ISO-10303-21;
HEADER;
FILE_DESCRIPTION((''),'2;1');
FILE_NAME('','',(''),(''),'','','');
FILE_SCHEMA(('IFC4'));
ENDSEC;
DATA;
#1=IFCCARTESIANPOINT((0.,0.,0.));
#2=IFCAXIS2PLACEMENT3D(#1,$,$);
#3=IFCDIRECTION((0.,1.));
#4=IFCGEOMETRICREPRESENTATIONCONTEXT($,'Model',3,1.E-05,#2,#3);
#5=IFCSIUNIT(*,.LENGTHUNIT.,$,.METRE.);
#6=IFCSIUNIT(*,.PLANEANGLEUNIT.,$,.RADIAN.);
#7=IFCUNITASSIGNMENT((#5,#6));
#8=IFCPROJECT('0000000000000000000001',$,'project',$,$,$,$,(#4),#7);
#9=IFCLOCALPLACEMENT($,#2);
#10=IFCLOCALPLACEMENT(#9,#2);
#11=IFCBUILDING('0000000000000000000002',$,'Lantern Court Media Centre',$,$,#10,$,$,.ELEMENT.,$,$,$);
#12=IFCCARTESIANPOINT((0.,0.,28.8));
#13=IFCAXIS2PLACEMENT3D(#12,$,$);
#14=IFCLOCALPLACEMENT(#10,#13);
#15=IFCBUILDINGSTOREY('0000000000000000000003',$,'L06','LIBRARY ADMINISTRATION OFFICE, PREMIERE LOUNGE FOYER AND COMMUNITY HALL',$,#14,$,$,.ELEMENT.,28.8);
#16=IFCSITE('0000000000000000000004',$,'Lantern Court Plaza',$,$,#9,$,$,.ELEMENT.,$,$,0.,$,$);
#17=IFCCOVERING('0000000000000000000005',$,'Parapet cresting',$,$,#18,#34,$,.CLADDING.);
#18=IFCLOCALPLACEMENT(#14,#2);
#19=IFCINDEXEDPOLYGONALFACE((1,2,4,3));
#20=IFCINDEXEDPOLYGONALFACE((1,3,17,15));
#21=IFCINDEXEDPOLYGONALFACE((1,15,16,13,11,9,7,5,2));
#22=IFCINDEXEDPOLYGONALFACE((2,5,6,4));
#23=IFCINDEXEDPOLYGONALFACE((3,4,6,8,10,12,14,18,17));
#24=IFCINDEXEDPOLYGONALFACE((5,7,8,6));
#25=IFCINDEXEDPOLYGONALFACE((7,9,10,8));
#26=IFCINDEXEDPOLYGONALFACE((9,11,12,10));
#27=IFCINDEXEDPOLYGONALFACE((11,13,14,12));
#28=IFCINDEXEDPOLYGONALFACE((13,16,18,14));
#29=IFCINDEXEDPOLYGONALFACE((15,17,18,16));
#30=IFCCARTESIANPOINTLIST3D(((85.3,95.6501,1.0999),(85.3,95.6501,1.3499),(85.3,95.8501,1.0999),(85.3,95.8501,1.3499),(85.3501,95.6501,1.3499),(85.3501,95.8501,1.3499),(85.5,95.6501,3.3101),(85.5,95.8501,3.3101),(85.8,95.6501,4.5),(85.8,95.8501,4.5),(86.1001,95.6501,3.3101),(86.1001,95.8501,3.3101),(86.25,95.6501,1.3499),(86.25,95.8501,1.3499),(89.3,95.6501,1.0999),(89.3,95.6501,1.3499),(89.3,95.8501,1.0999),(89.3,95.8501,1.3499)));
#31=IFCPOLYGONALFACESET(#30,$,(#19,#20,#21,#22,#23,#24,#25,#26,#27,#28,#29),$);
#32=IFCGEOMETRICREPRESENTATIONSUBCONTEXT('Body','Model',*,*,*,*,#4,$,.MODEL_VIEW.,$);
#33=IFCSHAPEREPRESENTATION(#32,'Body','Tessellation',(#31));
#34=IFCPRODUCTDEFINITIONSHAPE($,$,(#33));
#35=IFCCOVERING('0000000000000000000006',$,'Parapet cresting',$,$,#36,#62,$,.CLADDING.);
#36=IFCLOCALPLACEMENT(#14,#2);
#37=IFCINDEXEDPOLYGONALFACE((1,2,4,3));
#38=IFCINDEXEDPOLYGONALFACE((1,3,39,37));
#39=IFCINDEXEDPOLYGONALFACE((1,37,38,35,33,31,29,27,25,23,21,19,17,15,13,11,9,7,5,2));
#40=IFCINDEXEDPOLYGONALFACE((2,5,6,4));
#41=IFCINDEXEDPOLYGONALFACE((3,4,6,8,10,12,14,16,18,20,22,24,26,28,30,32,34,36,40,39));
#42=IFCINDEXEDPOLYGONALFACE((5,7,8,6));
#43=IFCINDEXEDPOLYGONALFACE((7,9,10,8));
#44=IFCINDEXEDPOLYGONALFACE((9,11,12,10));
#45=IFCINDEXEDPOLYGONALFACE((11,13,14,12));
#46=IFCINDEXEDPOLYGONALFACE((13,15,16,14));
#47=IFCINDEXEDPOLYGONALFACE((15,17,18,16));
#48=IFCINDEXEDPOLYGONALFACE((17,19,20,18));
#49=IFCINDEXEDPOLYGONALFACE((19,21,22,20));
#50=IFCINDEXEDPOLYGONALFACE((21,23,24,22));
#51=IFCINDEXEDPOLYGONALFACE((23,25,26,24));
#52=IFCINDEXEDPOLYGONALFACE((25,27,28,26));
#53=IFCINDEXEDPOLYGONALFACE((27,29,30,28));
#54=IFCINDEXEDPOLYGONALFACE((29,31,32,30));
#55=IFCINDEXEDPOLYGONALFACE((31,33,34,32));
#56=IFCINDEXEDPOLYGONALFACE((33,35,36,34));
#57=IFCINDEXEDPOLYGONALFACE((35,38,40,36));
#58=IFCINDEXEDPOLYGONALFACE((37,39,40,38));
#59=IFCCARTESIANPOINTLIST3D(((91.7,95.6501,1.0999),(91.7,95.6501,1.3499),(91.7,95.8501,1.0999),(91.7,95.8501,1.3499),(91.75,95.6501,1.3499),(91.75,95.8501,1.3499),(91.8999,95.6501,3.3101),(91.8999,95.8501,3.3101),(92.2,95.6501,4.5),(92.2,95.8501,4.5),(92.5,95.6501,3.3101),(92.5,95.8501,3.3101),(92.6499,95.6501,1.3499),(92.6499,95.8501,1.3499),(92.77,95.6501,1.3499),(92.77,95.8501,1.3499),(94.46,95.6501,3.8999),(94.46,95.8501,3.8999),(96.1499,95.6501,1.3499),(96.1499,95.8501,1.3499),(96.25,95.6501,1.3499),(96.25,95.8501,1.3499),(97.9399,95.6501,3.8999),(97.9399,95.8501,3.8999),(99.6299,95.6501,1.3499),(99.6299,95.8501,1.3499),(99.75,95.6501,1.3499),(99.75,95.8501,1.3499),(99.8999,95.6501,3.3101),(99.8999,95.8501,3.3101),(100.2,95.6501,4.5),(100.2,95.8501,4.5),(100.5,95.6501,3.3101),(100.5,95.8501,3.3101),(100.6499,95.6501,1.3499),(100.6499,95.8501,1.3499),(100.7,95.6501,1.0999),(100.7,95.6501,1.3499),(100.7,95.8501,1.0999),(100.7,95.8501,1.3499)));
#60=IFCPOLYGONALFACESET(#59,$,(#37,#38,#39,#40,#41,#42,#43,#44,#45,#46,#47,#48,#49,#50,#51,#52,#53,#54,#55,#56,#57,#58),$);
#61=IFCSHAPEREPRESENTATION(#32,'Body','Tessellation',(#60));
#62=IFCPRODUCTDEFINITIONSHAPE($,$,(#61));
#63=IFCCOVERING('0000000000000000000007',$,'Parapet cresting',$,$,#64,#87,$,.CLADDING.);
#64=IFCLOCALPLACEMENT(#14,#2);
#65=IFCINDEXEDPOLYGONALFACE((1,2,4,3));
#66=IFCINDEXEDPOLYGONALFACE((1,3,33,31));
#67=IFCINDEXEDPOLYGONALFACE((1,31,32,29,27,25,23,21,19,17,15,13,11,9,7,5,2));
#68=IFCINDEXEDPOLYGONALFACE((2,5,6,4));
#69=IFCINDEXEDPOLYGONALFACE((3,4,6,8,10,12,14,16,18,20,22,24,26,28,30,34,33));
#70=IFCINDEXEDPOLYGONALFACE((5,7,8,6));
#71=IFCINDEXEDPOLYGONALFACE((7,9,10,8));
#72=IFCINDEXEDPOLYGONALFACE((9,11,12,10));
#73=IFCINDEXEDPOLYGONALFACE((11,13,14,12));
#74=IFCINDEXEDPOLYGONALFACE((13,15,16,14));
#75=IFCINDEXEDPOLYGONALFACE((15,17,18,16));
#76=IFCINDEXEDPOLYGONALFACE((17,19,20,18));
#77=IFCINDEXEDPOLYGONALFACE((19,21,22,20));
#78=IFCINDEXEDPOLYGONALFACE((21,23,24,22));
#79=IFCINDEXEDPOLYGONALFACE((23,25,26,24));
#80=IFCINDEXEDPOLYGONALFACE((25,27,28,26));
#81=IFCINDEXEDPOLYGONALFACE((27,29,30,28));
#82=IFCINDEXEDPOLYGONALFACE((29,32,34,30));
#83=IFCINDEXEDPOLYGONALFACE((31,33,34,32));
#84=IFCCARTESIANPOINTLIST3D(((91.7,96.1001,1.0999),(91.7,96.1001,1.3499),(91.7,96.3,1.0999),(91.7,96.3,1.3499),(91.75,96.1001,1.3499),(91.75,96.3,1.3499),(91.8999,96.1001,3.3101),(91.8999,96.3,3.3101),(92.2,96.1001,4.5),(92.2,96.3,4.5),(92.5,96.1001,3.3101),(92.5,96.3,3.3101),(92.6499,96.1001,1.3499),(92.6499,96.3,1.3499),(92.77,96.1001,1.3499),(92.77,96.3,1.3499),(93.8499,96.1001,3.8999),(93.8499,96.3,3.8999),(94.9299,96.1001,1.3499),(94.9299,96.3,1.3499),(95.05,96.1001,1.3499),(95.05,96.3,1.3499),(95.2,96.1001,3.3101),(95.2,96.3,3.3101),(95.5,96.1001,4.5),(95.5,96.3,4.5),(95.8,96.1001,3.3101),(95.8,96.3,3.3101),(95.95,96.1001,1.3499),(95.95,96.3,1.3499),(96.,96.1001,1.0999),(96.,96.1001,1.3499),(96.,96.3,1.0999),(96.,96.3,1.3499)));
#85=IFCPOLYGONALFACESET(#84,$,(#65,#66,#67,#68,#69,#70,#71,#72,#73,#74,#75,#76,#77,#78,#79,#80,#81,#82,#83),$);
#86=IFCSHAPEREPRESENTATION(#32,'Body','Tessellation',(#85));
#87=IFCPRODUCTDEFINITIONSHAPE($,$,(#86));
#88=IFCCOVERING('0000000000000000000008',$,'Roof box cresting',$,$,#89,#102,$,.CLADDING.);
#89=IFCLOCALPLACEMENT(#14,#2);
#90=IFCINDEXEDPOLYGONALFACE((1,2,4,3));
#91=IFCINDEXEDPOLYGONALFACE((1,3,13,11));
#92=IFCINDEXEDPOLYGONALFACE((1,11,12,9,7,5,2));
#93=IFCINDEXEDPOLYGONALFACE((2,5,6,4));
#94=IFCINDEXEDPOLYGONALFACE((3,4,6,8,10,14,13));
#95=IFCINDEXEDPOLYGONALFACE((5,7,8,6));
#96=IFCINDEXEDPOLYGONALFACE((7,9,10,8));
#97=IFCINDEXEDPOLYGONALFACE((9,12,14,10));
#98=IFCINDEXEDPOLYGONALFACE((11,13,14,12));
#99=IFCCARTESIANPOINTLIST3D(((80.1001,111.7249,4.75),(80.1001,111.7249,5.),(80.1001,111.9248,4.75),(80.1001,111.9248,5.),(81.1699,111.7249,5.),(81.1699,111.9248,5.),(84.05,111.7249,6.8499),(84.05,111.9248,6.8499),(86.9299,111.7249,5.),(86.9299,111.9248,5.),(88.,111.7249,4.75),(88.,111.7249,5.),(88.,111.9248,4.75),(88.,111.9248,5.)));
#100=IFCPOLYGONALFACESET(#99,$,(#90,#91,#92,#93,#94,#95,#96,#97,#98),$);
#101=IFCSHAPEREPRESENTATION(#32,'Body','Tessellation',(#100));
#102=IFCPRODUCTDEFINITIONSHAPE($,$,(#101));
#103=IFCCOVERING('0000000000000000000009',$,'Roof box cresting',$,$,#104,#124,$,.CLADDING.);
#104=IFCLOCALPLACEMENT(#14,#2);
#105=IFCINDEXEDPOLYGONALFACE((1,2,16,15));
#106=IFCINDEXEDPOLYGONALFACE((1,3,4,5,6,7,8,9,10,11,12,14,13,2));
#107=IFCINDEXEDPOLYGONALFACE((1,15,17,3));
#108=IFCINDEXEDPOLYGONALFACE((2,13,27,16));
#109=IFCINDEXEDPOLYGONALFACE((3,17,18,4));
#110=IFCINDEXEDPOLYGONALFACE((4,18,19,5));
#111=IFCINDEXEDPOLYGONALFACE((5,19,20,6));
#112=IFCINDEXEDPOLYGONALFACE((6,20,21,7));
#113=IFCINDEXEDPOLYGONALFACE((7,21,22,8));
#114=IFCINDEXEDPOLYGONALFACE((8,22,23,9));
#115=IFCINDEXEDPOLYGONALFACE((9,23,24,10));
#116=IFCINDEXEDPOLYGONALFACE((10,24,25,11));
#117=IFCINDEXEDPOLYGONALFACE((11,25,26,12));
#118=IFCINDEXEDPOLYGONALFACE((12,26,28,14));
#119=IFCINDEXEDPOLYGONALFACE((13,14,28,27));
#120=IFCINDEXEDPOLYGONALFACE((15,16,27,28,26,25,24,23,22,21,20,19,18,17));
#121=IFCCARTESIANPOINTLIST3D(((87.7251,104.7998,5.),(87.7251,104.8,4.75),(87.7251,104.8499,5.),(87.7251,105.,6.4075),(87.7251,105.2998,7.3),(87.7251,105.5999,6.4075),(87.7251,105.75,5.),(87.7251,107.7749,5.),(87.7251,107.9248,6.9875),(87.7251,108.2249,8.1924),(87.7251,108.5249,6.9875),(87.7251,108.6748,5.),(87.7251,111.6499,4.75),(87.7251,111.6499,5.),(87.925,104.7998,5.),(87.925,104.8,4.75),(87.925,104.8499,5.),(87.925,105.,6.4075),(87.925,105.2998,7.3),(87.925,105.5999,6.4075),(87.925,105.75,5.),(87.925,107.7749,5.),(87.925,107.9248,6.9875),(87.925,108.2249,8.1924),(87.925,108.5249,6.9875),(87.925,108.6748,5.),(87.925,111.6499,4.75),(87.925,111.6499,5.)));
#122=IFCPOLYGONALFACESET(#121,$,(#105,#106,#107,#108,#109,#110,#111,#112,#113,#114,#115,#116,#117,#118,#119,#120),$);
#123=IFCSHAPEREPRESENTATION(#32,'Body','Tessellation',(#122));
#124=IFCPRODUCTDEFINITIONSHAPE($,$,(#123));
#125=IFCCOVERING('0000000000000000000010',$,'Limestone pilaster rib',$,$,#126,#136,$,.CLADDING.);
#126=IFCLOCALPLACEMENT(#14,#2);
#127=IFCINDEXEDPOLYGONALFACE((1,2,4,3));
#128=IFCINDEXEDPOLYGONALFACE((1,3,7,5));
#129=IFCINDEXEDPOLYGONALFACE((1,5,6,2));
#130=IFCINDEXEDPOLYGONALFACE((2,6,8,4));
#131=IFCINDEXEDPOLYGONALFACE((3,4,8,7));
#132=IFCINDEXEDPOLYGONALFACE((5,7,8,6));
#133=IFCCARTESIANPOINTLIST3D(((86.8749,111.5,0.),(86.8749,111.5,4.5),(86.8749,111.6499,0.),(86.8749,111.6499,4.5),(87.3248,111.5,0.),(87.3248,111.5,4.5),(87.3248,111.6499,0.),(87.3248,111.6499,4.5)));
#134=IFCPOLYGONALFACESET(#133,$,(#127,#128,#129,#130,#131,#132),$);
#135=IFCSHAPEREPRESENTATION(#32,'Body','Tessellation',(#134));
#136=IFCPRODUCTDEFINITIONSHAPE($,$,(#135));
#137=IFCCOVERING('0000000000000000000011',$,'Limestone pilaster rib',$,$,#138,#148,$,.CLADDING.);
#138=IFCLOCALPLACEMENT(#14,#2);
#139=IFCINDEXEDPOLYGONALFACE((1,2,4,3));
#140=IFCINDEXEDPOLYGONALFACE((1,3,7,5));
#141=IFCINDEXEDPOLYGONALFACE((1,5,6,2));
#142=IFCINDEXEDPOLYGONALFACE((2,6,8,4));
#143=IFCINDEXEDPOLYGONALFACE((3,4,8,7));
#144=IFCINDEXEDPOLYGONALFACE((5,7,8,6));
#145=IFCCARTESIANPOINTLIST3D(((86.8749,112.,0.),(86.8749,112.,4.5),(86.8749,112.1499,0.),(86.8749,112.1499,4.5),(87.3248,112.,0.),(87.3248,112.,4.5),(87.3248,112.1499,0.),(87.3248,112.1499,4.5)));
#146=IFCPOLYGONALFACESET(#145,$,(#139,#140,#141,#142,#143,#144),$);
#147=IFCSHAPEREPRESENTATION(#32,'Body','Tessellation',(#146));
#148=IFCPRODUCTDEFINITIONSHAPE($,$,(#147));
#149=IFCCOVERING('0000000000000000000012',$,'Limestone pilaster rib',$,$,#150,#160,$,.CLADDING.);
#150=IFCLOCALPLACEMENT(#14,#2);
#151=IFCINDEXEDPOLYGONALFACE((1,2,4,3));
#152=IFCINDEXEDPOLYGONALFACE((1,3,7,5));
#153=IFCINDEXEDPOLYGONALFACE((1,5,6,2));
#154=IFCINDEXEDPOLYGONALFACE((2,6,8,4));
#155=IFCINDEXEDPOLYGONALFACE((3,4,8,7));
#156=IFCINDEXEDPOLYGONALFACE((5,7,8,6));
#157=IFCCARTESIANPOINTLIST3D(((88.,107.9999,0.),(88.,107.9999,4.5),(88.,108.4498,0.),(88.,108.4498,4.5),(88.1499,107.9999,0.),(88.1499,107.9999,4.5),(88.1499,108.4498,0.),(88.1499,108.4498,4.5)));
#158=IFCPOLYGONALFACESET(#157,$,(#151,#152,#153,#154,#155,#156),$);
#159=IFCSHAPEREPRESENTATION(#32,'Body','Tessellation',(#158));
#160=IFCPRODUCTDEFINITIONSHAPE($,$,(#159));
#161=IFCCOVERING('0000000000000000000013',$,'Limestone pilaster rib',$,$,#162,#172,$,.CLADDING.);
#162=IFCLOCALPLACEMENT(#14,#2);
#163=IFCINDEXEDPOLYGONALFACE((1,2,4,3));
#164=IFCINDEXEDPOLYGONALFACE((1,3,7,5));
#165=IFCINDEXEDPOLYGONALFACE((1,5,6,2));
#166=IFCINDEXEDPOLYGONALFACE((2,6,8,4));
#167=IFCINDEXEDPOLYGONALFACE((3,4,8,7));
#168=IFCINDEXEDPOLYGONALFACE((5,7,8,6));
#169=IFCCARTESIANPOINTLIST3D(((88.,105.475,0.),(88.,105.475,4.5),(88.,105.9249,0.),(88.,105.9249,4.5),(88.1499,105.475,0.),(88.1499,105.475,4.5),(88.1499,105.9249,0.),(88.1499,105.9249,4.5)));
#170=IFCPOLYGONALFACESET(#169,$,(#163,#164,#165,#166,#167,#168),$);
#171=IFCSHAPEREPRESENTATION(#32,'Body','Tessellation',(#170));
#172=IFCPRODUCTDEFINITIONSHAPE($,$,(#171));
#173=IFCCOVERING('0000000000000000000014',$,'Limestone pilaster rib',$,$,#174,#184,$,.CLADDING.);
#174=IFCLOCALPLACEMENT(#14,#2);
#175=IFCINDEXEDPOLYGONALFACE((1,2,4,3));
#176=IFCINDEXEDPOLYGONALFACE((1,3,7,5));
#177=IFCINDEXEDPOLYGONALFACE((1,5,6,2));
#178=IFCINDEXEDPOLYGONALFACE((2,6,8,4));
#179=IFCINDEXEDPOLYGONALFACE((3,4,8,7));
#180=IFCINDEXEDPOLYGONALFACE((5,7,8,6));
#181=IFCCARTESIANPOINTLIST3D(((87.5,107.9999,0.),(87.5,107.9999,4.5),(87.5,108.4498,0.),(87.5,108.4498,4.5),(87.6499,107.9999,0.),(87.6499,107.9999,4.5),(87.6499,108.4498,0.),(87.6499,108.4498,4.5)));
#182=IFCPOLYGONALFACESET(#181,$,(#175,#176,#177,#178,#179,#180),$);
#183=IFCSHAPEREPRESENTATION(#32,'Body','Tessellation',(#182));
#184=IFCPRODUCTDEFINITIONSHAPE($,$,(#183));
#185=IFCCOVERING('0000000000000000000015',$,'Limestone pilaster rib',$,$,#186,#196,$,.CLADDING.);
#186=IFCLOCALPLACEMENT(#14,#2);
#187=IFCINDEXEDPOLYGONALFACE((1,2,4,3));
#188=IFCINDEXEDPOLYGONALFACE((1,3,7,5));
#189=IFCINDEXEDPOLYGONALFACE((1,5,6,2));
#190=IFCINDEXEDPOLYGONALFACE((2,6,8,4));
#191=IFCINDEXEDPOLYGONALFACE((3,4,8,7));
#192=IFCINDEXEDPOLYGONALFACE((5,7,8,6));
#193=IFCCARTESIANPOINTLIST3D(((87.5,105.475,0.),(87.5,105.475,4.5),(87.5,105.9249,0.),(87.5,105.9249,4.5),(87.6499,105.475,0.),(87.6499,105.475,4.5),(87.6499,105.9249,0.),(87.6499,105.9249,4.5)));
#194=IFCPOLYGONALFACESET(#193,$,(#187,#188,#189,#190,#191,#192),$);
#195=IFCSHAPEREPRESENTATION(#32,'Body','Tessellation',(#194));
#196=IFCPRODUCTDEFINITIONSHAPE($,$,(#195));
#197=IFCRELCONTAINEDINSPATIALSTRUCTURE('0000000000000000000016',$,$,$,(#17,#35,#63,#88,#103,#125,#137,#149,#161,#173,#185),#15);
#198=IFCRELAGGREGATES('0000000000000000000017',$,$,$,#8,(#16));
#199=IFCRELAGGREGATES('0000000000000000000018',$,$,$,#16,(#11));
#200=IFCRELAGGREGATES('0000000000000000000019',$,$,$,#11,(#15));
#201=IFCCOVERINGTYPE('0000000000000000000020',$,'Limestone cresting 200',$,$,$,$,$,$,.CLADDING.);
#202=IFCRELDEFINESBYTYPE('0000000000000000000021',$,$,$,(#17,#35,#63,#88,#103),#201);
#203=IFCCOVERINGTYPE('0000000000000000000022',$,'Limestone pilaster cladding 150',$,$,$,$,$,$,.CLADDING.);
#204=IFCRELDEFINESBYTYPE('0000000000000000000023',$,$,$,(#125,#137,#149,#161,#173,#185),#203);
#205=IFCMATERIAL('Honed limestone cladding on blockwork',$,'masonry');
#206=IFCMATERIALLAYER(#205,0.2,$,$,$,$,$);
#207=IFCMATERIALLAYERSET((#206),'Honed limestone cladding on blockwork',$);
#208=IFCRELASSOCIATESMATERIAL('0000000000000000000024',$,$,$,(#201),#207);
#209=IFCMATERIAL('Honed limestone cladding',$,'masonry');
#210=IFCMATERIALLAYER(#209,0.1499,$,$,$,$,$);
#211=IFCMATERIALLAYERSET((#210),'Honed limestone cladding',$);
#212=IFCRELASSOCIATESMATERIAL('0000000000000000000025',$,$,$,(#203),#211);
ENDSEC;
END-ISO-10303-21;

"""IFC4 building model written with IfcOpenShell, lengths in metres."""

from ifc_helpers import new_model, si_unit, direction, frame, frame_2d, origin, place, context, subcontext, project, spatial, polyline, rectangle, outline, extrude, material, layer, layer_set, type_object, element, save


model = new_model("IFC4")

# Units and contexts
model_context = context("Model", 3, precision=1e-05, world=origin(), true_north=direction((0.0, 1.0)))
body_context = subcontext(model_context, "Body", "Model", "MODEL_VIEW")
ifc_project = project(units=[si_unit("LENGTHUNIT", "METRE"), si_unit("PLANEANGLEUNIT", "RADIAN")], contexts=[model_context])

# Site, building, storey
site_placement = place(None, origin())
site = spatial("IfcSite", under=ifc_project, at=site_placement, Name="Lantern Court Plaza", CompositionType="ELEMENT", RefElevation=0.0)
building_placement = place(site_placement, origin())
building = spatial("IfcBuilding", under=site, at=building_placement, Name="Lantern Court Media Centre", CompositionType="ELEMENT")
storey_placement = place(building_placement, frame((0.0, 0.0, 28.8)))
storey = spatial("IfcBuildingStorey", under=building, at=storey_placement, Name="L06", Description="LIBRARY ADMINISTRATION OFFICE, PREMIERE LOUNGE FOYER AND COMMUNITY HALL", CompositionType="ELEMENT", Elevation=28.8)

# Shared definitions
ifc_material_1 = material(Name="Honed limestone cladding on blockwork", Category="masonry")

# Coverings
ifc_layer_1 = layer(ifc_material_1, 0.2)
ifc_layer_set_1 = layer_set([ifc_layer_1], Name="Honed limestone cladding on blockwork")
covering_type_1 = type_object("IfcCoveringType", Name="Limestone cresting 200", PredefinedType="CLADDING", material=ifc_layer_set_1)
covering_1_placement = place(storey_placement, frame((85.3, 95.75, 1.0999), z_axis=(0.0, 0.0, 1.0), x_axis=(1.0, 0.0, 0.0)))
element("IfcCovering", 1, at=covering_1_placement, inside=storey, type_object=covering_type_1, Name="Parapet cresting", PredefinedType="CLADDING", context=body_context, shape_type="SweptSolid", body=[
    extrude(outline(polyline([(0.0, 0.0), (4.0, 0.0), (4.0, 0.25), (0.95, 0.25), (0.8, 2.2102), (0.5, 3.4001), (0.2, 2.2102), (0.05, 0.25), (0.0, 0.25), (0.0, 0.0)])), frame((0.0, 0.1001, 0.0), z_axis=(0.0, -1.0, 0.0), x_axis=(1.0, 0.0, 0.0)), (0.0, 0.0, 1.0), 0.2),
])
covering_2_placement = place(storey_placement, frame((91.7, 95.75, 1.0999), z_axis=(0.0, 0.0, 1.0), x_axis=(1.0, 0.0, 0.0)))
element("IfcCovering", 2, at=covering_2_placement, inside=storey, type_object=covering_type_1, Name="Parapet cresting", PredefinedType="CLADDING", context=body_context, shape_type="SweptSolid", body=[
    extrude(outline(polyline([(0.0, 0.0), (9.0, 0.0), (9.0, 0.25), (8.95, 0.25), (8.8, 2.2102), (8.5, 3.4001), (8.2, 2.2102), (8.05, 0.25), (7.9299, 0.25), (6.24, 2.8), (4.55, 0.25), (4.45, 0.25), (2.76, 2.8), (1.0701, 0.25), (0.95, 0.25), (0.8, 2.2102), (0.5, 3.4001), (0.2, 2.2102), (0.05, 0.25), (0.0, 0.25), (0.0, 0.0)])), frame((0.0, 0.1001, 0.0), z_axis=(0.0, -1.0, 0.0), x_axis=(1.0, 0.0, 0.0)), (0.0, 0.0, 1.0), 0.2),
])
covering_3_placement = place(storey_placement, frame((91.7, 96.2, 1.0999), z_axis=(0.0, 0.0, 1.0), x_axis=(1.0, 0.0, 0.0)))
element("IfcCovering", 3, at=covering_3_placement, inside=storey, type_object=covering_type_1, Name="Parapet cresting", PredefinedType="CLADDING", context=body_context, shape_type="SweptSolid", body=[
    extrude(outline(polyline([(0.0, 0.0), (4.3, 0.0), (4.3, 0.25), (4.25, 0.25), (4.1001, 2.2102), (3.8, 3.4001), (3.5, 2.2102), (3.3501, 0.25), (3.23, 0.25), (2.1499, 2.8), (1.0701, 0.25), (0.95, 0.25), (0.8, 2.2102), (0.5, 3.4001), (0.2, 2.2102), (0.05, 0.25), (0.0, 0.25), (0.0, 0.0)])), frame((0.0, 0.1001, 0.0), z_axis=(0.0, -1.0, 0.0), x_axis=(1.0, 0.0, 0.0)), (0.0, 0.0, 1.0), 0.2),
])
covering_4_placement = place(storey_placement, frame((88.0, 111.825, 4.75), z_axis=(0.0, 0.0, 1.0), x_axis=(-1.0, 0.0, 0.0)))
element("IfcCovering", 4, at=covering_4_placement, inside=storey, type_object=covering_type_1, Name="Roof box cresting", PredefinedType="CLADDING", context=body_context, shape_type="SweptSolid", body=[
    extrude(outline(polyline([(0.0, 0.0), (7.8999, 0.0), (7.8999, 0.25), (6.8301, 0.25), (3.95, 2.0999), (1.0701, 0.25), (0.0, 0.25), (0.0, 0.0)])), frame((0.0, 0.1001, 0.0), z_axis=(0.0, -1.0, 0.0), x_axis=(1.0, 0.0, 0.0)), (0.0, 0.0, 1.0), 0.2),
])
covering_5_placement = place(storey_placement, frame((87.825, 111.6499, 4.75), z_axis=(0.0, 0.0, 1.0), x_axis=(0.0, -1.0, 0.0)))
element("IfcCovering", 5, at=covering_5_placement, inside=storey, type_object=covering_type_1, Name="Roof box cresting", PredefinedType="CLADDING", context=body_context, shape_type="SweptSolid", body=[
    extrude(outline(polyline([(0.0, 0.0), (6.8499, 0.0), (6.8501, 0.25), (6.8, 0.25), (6.6499, 1.6575), (6.3501, 2.55), (6.05, 1.6575), (5.8999, 0.25), (3.875, 0.25), (3.7251, 2.2375), (3.425, 3.4424), (3.125, 2.2375), (2.9751, 0.25), (0.0, 0.25), (0.0, 0.0)])), frame((0.0, 0.1001, 0.0), z_axis=(0.0, -1.0, 0.0), x_axis=(1.0, 0.0, 0.0)), (0.0, 0.0, 1.0), 0.2),
])
ifc_material_2 = material(Name="Honed limestone cladding", Category="masonry")
ifc_layer_2 = layer(ifc_material_2, 0.1499)
ifc_layer_set_2 = layer_set([ifc_layer_2], Name="Honed limestone cladding")
covering_type_2 = type_object("IfcCoveringType", Name="Limestone pilaster cladding 150", PredefinedType="CLADDING", material=ifc_layer_set_2)
for number, where, z_axis, x_axis, name in (
    (6, (87.325, 111.575, 0.0), (0.0, 0.0, 1.0), (-1.0, 0.0, 0.0), "Limestone pilaster rib"),
    (7, (87.325, 112.075, 0.0), (0.0, 0.0, 1.0), (-1.0, 0.0, 0.0), "Limestone pilaster rib"),
    (8, (88.075, 108.45, 0.0), (0.0, 0.0, 1.0), (0.0, -1.0, 0.0), "Limestone pilaster rib"),
    (9, (88.075, 105.925, 0.0), (0.0, 0.0, 1.0), (0.0, -1.0, 0.0), "Limestone pilaster rib"),
    (10, (87.575, 108.45, 0.0), (0.0, 0.0, 1.0), (0.0, -1.0, 0.0), "Limestone pilaster rib"),
    (11, (87.575, 105.925, 0.0), (0.0, 0.0, 1.0), (0.0, -1.0, 0.0), "Limestone pilaster rib"),
):
    element("IfcCovering", number, at=place(storey_placement, frame(where, z_axis=z_axis, x_axis=x_axis)), inside=storey, type_object=covering_type_2, Name=name, PredefinedType="CLADDING", context=body_context, shape_type="SweptSolid", body=[
        extrude(rectangle(XDim=0.45, YDim=0.1499, at=frame_2d((0.2251, 0.0))), origin(), (0.0, 0.0, 1.0), 4.5),
    ])

save(model, "model.ifc")
